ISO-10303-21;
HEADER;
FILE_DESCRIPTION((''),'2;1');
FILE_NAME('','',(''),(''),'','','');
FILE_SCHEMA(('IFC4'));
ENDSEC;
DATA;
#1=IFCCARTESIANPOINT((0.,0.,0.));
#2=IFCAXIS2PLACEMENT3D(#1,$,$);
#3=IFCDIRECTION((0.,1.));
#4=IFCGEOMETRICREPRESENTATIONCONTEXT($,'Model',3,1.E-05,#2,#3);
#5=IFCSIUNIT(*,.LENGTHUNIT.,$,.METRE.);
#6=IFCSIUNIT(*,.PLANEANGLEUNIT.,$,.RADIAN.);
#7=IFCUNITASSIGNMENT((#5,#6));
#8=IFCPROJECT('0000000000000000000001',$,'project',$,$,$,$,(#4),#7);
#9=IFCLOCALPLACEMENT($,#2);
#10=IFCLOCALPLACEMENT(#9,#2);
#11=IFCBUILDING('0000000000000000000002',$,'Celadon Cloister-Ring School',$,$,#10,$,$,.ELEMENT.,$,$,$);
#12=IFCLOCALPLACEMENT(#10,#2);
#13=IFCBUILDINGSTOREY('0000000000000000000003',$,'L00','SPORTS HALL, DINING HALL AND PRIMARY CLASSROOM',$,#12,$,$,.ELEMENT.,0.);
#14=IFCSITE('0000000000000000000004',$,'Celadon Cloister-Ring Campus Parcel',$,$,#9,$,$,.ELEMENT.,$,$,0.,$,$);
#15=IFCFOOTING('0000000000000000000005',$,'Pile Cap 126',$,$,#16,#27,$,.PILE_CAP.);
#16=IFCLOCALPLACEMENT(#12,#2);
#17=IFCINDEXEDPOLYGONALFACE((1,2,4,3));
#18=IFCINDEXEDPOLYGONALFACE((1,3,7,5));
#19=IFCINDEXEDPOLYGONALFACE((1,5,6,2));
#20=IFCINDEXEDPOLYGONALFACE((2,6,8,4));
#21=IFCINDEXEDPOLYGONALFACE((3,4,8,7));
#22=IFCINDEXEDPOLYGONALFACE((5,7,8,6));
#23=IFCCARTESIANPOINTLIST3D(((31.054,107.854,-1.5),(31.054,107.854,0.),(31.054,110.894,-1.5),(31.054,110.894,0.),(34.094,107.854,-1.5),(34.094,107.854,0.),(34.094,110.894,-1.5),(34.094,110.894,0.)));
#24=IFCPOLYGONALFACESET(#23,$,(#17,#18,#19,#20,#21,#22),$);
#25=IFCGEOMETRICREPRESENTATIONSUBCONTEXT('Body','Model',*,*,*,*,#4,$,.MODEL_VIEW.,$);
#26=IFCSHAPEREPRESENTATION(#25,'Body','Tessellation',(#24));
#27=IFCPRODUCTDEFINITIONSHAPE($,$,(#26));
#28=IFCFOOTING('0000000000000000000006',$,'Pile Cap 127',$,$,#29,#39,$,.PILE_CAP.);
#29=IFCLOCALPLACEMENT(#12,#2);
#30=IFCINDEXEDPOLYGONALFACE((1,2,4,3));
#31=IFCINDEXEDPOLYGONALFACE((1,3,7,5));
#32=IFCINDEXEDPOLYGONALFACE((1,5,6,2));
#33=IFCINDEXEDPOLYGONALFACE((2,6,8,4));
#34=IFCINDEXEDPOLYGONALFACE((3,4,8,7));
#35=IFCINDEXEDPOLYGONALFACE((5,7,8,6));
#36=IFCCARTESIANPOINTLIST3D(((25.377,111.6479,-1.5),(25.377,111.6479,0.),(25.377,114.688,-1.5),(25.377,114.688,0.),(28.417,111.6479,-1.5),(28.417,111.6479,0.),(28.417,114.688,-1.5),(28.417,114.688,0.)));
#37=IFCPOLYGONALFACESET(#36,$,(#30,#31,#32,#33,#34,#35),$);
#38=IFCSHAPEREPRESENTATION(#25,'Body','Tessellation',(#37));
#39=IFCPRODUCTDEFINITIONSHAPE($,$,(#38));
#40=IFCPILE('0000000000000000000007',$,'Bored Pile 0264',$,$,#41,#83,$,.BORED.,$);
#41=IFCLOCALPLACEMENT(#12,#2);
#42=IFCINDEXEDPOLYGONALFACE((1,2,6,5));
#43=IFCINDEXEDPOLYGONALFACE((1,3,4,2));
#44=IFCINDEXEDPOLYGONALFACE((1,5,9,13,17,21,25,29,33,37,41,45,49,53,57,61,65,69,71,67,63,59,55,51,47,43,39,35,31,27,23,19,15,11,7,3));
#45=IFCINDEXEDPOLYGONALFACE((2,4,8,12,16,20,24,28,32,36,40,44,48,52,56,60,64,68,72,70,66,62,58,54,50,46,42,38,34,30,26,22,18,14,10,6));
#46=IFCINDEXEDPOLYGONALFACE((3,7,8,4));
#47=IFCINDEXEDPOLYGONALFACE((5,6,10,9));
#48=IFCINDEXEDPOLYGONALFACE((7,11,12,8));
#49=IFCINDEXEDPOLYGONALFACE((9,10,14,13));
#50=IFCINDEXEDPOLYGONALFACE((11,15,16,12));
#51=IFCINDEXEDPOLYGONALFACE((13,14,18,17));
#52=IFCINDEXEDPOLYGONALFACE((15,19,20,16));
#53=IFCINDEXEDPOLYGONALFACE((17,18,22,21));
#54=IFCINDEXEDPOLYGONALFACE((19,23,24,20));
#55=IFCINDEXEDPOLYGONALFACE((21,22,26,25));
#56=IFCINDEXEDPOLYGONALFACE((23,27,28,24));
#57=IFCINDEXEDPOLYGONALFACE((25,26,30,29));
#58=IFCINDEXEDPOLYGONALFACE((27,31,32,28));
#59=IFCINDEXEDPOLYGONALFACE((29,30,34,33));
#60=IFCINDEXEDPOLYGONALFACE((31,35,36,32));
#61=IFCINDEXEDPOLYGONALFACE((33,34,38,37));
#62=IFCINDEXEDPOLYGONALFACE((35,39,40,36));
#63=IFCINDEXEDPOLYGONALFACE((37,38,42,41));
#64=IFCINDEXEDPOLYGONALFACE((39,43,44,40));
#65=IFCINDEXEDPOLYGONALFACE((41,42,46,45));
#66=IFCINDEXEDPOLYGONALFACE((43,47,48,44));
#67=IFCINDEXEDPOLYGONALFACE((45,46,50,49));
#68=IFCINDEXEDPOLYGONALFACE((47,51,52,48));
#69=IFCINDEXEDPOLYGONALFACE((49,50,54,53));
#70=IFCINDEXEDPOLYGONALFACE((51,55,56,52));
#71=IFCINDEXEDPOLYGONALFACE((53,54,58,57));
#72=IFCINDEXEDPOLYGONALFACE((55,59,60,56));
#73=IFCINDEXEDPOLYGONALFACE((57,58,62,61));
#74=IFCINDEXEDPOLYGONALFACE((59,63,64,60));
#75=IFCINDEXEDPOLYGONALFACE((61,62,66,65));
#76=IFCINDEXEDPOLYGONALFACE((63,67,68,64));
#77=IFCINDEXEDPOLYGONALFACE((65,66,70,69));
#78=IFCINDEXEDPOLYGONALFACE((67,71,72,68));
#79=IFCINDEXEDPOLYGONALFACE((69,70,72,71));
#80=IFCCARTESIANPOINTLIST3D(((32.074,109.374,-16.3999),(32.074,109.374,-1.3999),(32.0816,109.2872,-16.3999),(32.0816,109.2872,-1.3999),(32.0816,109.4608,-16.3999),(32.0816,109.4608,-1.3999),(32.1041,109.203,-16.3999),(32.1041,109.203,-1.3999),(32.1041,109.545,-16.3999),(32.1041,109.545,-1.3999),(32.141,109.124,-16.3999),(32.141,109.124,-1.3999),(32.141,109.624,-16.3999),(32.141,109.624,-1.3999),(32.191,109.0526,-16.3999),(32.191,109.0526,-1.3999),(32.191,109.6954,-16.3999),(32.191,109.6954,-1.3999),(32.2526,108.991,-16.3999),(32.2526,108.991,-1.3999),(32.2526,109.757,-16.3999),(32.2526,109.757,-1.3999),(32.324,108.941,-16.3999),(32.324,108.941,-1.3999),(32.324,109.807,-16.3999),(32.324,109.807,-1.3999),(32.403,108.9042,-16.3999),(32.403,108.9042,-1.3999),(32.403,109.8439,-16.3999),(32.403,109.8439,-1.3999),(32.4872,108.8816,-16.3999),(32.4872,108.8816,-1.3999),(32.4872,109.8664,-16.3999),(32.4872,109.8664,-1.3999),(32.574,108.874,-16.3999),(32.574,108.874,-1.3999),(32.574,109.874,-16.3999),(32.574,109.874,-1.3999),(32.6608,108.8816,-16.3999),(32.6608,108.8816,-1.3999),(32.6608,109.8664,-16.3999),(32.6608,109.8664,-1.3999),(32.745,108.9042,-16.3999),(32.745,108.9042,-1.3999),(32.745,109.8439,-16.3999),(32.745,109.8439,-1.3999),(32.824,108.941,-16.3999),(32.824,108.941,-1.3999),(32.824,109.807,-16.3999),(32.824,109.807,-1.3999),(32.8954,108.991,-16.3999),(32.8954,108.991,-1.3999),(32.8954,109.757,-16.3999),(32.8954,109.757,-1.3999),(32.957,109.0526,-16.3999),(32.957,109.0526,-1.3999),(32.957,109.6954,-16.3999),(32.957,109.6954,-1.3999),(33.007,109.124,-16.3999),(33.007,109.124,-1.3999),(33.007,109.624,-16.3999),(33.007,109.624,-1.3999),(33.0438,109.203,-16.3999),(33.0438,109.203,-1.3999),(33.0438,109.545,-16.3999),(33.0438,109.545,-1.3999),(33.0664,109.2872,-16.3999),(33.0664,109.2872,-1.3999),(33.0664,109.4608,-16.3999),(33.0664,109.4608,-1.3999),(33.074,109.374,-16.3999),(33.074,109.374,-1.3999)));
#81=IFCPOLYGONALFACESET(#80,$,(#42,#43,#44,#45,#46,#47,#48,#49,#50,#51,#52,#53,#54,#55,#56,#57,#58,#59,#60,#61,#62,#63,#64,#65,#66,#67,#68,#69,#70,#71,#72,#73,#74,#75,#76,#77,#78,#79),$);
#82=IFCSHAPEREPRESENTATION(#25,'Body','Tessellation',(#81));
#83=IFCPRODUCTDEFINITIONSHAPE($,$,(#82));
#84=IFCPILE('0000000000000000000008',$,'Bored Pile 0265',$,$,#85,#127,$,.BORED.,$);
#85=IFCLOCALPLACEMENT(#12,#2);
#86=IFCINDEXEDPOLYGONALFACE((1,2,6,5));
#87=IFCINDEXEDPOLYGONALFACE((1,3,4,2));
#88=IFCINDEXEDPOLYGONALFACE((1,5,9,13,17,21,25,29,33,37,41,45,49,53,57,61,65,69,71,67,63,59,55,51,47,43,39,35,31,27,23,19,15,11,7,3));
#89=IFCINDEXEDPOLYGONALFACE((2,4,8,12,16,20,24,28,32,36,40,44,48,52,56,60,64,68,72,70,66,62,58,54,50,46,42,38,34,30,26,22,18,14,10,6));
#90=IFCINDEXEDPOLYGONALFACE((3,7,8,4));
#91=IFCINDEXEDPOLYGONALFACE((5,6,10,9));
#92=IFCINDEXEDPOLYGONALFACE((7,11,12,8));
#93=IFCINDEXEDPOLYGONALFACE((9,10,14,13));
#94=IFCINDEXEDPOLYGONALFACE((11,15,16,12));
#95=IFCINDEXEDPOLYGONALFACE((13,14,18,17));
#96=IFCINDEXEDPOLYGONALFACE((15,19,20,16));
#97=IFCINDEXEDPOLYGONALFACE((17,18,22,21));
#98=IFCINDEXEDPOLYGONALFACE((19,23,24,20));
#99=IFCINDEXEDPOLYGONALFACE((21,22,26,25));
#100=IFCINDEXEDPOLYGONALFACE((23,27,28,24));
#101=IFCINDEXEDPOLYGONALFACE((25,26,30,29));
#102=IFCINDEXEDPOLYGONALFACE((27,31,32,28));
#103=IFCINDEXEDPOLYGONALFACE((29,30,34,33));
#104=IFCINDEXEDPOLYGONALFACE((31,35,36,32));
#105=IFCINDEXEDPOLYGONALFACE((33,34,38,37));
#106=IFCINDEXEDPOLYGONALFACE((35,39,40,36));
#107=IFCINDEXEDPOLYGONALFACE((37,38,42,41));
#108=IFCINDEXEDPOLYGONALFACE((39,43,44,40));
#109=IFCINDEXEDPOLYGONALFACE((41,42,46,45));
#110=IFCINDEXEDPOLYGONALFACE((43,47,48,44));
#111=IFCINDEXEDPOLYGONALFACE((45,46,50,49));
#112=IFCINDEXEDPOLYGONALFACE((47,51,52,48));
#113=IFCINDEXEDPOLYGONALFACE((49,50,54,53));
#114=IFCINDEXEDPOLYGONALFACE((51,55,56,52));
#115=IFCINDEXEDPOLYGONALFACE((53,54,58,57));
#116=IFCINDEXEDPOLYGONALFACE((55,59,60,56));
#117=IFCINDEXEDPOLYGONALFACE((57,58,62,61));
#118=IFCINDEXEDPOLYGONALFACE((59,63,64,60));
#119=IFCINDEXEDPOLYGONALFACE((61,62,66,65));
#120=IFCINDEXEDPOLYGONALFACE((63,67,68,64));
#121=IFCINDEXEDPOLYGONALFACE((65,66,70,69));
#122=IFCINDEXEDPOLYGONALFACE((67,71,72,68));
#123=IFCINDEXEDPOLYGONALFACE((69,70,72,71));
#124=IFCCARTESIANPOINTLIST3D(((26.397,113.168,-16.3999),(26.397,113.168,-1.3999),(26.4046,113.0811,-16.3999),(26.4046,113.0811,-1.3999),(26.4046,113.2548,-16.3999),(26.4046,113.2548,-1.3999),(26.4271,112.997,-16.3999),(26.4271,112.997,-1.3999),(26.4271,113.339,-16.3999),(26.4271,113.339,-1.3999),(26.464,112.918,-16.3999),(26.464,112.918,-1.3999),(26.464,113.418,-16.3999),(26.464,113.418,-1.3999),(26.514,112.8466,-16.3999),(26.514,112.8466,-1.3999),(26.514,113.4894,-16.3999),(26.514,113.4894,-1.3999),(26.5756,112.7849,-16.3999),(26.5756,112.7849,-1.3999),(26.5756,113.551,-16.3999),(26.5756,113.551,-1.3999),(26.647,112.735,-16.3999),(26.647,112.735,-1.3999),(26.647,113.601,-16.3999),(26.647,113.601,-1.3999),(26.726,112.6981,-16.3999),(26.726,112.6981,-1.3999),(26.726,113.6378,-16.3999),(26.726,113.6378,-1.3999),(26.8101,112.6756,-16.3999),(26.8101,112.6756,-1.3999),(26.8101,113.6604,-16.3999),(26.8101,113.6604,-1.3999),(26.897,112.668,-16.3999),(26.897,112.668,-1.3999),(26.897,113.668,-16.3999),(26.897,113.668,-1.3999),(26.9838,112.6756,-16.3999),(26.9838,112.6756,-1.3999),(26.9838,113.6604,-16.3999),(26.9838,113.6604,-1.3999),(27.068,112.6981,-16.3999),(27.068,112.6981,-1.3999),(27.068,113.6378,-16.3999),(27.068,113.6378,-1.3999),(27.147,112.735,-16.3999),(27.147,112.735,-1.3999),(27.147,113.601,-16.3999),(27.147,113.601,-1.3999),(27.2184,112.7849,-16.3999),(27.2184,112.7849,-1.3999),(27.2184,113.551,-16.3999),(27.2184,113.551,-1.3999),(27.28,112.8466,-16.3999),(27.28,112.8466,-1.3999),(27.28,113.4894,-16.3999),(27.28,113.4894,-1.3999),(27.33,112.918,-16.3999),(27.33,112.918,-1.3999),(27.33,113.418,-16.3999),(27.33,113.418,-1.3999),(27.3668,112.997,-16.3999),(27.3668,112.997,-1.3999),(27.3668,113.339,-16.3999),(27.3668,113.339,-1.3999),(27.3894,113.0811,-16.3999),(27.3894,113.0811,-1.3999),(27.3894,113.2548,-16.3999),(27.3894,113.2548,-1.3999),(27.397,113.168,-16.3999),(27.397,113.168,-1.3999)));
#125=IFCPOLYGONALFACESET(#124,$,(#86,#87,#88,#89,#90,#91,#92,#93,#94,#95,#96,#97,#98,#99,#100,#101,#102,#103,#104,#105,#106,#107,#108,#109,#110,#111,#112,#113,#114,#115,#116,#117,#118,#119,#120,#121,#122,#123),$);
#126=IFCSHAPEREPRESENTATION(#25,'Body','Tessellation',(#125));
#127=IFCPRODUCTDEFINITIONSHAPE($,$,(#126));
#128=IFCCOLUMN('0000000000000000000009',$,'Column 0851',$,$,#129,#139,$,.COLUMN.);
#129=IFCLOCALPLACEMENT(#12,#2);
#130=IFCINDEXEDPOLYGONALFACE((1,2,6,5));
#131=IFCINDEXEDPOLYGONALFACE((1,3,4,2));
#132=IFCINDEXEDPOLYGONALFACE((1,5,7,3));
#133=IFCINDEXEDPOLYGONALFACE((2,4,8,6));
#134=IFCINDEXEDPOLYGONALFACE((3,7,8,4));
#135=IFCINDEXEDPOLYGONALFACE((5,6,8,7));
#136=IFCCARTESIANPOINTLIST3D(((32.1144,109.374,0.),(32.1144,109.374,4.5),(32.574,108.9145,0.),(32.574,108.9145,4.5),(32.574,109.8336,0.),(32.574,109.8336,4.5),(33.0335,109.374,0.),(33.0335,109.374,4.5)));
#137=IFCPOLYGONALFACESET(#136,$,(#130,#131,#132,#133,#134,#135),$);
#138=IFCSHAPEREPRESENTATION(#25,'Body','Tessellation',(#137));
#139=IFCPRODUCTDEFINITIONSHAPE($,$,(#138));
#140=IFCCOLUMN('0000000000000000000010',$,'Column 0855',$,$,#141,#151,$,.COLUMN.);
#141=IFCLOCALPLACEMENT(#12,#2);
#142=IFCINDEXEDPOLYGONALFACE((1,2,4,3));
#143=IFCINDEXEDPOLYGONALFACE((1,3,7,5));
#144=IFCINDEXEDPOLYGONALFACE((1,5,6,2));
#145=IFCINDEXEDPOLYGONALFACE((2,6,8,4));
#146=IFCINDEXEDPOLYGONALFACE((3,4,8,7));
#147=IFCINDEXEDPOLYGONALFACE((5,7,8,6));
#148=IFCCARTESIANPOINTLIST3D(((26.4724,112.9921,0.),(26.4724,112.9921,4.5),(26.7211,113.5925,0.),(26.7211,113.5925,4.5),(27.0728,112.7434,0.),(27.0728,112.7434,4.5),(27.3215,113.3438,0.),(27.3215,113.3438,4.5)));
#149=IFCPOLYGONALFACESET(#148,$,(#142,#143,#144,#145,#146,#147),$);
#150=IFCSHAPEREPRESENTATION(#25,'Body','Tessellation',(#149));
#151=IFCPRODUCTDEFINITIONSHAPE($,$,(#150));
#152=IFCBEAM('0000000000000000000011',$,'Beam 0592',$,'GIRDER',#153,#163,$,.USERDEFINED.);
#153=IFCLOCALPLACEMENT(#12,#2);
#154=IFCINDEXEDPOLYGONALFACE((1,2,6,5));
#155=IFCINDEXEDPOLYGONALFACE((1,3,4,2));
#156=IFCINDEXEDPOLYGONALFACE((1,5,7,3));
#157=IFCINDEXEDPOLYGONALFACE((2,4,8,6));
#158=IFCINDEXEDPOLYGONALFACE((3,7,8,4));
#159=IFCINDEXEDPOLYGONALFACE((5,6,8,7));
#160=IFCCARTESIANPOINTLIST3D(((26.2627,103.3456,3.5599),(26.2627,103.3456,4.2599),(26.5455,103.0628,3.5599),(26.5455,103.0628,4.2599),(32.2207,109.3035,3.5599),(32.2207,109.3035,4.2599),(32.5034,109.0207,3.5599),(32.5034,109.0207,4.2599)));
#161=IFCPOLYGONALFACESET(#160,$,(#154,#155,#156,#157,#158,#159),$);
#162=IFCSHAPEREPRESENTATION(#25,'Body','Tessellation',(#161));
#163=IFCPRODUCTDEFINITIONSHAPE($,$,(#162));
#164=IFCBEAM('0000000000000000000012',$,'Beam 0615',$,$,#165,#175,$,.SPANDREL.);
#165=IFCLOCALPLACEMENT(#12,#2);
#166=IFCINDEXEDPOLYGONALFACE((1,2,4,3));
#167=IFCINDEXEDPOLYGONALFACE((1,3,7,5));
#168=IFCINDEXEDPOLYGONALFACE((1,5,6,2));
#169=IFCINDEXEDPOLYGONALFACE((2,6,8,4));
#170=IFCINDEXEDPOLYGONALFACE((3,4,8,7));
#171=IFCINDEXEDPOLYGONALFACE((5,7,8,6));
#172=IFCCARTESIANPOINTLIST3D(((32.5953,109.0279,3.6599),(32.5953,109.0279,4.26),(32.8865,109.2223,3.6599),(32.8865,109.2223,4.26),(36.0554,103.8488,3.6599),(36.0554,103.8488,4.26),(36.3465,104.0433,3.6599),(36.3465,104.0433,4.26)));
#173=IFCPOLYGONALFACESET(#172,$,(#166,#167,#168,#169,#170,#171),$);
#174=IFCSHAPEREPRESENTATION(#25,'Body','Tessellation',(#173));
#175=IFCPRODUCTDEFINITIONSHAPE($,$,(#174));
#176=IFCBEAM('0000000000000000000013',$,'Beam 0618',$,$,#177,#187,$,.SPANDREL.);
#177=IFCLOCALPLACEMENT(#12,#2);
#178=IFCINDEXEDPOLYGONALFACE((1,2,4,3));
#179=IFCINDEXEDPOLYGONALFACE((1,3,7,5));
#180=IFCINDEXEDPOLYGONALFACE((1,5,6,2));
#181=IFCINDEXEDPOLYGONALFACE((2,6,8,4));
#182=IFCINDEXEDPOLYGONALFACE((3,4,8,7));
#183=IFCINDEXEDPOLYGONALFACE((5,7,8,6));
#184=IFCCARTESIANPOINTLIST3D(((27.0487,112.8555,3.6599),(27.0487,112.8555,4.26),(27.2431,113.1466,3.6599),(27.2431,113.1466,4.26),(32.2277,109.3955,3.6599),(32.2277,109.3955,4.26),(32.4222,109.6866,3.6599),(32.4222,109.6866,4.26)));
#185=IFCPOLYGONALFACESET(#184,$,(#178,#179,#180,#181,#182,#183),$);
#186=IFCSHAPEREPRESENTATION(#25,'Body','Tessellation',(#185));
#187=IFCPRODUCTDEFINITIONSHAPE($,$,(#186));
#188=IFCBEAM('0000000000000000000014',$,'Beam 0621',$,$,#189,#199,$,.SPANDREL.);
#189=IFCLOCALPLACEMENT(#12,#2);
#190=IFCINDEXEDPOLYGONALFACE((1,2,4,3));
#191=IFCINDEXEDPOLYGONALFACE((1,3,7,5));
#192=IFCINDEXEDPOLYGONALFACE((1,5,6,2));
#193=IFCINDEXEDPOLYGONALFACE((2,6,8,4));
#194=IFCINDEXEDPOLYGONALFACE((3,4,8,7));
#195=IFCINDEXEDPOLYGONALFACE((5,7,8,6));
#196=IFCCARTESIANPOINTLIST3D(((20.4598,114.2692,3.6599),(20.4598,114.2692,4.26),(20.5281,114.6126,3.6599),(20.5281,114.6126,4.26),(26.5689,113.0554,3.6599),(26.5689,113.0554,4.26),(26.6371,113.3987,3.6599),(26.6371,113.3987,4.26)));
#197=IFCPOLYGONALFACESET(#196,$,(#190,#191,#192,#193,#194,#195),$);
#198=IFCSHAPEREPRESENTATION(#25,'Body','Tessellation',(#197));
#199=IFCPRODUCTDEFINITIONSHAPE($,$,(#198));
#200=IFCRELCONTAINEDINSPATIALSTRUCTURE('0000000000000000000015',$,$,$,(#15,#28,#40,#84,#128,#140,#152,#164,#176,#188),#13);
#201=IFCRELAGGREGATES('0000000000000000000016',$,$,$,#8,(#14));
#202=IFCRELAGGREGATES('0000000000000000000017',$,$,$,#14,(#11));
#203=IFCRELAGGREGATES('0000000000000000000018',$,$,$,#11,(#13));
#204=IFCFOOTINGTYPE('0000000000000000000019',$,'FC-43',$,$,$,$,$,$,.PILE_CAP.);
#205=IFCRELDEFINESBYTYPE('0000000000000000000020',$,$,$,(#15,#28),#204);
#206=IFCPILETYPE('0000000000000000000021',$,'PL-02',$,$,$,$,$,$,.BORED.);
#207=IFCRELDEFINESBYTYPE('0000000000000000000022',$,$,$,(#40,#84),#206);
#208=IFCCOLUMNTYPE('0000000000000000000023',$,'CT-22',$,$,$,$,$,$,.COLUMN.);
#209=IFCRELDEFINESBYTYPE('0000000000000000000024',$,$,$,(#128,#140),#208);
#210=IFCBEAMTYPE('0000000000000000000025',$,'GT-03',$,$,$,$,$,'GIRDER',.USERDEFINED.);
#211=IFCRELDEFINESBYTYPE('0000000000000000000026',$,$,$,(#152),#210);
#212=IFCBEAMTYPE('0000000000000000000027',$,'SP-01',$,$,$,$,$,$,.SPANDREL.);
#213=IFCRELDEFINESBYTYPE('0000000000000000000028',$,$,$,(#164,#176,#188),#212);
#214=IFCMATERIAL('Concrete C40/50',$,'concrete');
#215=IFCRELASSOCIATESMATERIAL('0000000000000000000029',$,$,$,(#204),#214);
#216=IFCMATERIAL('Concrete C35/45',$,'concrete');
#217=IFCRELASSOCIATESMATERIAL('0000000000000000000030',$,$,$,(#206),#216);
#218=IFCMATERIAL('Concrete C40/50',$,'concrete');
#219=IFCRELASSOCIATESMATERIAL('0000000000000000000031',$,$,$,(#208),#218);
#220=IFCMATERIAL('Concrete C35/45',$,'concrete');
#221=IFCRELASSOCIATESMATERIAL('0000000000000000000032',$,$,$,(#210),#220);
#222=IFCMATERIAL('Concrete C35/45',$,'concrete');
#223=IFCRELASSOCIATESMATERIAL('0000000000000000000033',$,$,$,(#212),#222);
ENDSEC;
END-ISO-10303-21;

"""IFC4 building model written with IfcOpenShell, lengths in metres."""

from ifc_helpers import new_model, si_unit, direction, frame, origin, origin_2d, place, context, subcontext, project, spatial, rectangle, circle, extrude, material, material_profile, profile_set, type_object, element, save


model = new_model("IFC4")

# Units and contexts
model_context = context("Model", 3, precision=1e-05, world=origin(), true_north=direction((0.0, 1.0)))
body_context = subcontext(model_context, "Body", "Model", "MODEL_VIEW")
ifc_project = project(units=[si_unit("LENGTHUNIT", "METRE"), si_unit("PLANEANGLEUNIT", "RADIAN")], contexts=[model_context])

# Site, building, storey
site_placement = place(None, origin())
site = spatial("IfcSite", under=ifc_project, at=site_placement, Name="Celadon Cloister-Ring Campus Parcel", CompositionType="ELEMENT", RefElevation=0.0)
building_placement = place(site_placement, origin())
building = spatial("IfcBuilding", under=site, at=building_placement, Name="Celadon Cloister-Ring School", CompositionType="ELEMENT")
storey_placement = place(building_placement, origin())
storey = spatial("IfcBuildingStorey", under=building, at=storey_placement, Name="L00", Description="SPORTS HALL, DINING HALL AND PRIMARY CLASSROOM", CompositionType="ELEMENT", Elevation=0.0)

# Footings
ifc_material_1 = material(Name="Concrete C40/50", Category="concrete")
footing_type = type_object("IfcFootingType", Name="FC-43", PredefinedType="PILE_CAP", material=ifc_material_1)
for number, where, z_axis, x_axis, name in (
    (1, (32.574, 109.374, -1.5), (0.0, 0.0, 1.0), (1.0, 0.0, 0.0), "Pile Cap 126"),
    (2, (26.897, 113.168, -1.5), (0.0, 0.0, 1.0), (1.0, 0.0, 0.0), "Pile Cap 127"),
):
    element("IfcFooting", number, at=place(storey_placement, frame(where, z_axis=z_axis, x_axis=x_axis)), inside=storey, type_object=footing_type, Name=name, PredefinedType="PILE_CAP", context=body_context, shape_type="SweptSolid", body=[
        extrude(rectangle(XDim=3.04, YDim=3.04, at=origin_2d()), origin(), (0.0, 0.0, 1.0), 1.5),
    ])

# Piles
ifc_material_2 = material(Name="Concrete C35/45", Category="concrete")
ifc_material_profile_1 = material_profile(ifc_material_2, circle(Radius=0.5, at=origin_2d()), Name="PILE1000")
ifc_profile_set_1 = profile_set([ifc_material_profile_1], Name="Concrete C35/45")
pile_type = type_object("IfcPileType", Name="PL-02", PredefinedType="BORED", material=ifc_profile_set_1)
for number, where, z_axis, x_axis, name in (
    (3, (32.574, 109.374, -1.3999), (0.0, 0.0, -1.0), (1.0, 0.0, 0.0), "Bored Pile 0264"),
    (4, (26.897, 113.168, -1.3999), (0.0, 0.0, -1.0), (1.0, 0.0, 0.0), "Bored Pile 0265"),
):
    element("IfcPile", number, at=place(storey_placement, frame(where, z_axis=z_axis, x_axis=x_axis)), inside=storey, type_object=pile_type, Name=name, PredefinedType="BORED", context=body_context, shape_type="SweptSolid", body=[
        extrude(circle(Radius=0.5, at=origin_2d()), origin(), (0.0, 0.0, 1.0), 15.0),
    ])

# Columns
ifc_material_3 = material(Name="Concrete C40/50", Category="concrete")
ifc_material_profile_2 = material_profile(ifc_material_3, rectangle(XDim=0.6499, YDim=0.6499, at=origin_2d()), Name="RC650X650")
ifc_profile_set_2 = profile_set([ifc_material_profile_2], Name="Concrete C40/50")
column_type = type_object("IfcColumnType", Name="CT-22", PredefinedType="COLUMN", material=ifc_profile_set_2)
for number, where, z_axis, x_axis, name in (
    (5, (32.574, 109.374, 0.0), (0.0, 0.0, 1.0), (0.707107, 0.707107, 0.0), "Column 0851"),
    (6, (26.897, 113.168, 0.0), (0.0, 0.0, 1.0), (0.382683, 0.92388, 0.0), "Column 0855"),
):
    element("IfcColumn", number, at=place(storey_placement, frame(where, z_axis=z_axis, x_axis=x_axis)), inside=storey, type_object=column_type, Name=name, PredefinedType="COLUMN", context=body_context, shape_type="SweptSolid", body=[
        extrude(rectangle(XDim=0.6499, YDim=0.6499, at=origin_2d()), origin(), (0.0, 0.0, 1.0), 4.5),
    ])

# Beams
ifc_material_4 = material(Name="Concrete C35/45", Category="concrete")
ifc_material_profile_3 = material_profile(ifc_material_4, rectangle(XDim=0.3999, YDim=0.7, at=origin_2d()), Name="RC400X700")
ifc_profile_set_3 = profile_set([ifc_material_profile_3], Name="Concrete C35/45")
beam_type_1 = type_object("IfcBeamType", Name="GT-03", ElementType="GIRDER", PredefinedType="USERDEFINED", material=ifc_profile_set_3)
beam_placement = place(storey_placement, frame((32.3621, 109.1621, 3.9099), z_axis=(-0.707107, -0.707107, 0.0), x_axis=(0.707107, -0.707107, 0.0)))
element("IfcBeam", 7, at=beam_placement, inside=storey, type_object=beam_type_1, Name="Beam 0592", ObjectType="GIRDER", PredefinedType="USERDEFINED", context=body_context, shape_type="SweptSolid", body=[
    extrude(rectangle(XDim=0.3999, YDim=0.7, at=origin_2d()), origin(), (0.0, 0.0, 1.0), 8.4258),
])
ifc_material_5 = material(Name="Concrete C35/45", Category="concrete")
ifc_material_profile_4 = material_profile(ifc_material_5, rectangle(XDim=0.3501, YDim=0.6001, at=origin_2d()), Name="RC350X600")
ifc_profile_set_4 = profile_set([ifc_material_profile_4], Name="Concrete C35/45")
beam_type_2 = type_object("IfcBeamType", Name="SP-01", PredefinedType="SPANDREL", material=ifc_profile_set_4)
for number, where, z_axis, x_axis, name in (
    (8, (36.2009, 103.946, 3.96), (-0.555514, 0.831507, 0.0), (-0.831507, -0.555514, 0.0), "Beam 0615"),
    (9, (32.325, 109.541, 3.96), (-0.831507, 0.555514, 0.0), (-0.555514, -0.831507, 0.0), "Beam 0618"),
    (10, (26.603, 113.2271, 3.96), (-0.980826, 0.194887, 0.0), (-0.194887, -0.980826, 0.0), "Beam 0621"),
):
    element("IfcBeam", number, at=place(storey_placement, frame(where, z_axis=z_axis, x_axis=x_axis)), inside=storey, type_object=beam_type_2, Name=name, PredefinedType="SPANDREL", context=body_context, shape_type="SweptSolid", body=[
        extrude(rectangle(XDim=0.3501, YDim=0.6001, at=origin_2d()), origin(), (0.0, 0.0, 1.0), 6.2285),
    ])

save(model, "model.ifc")
